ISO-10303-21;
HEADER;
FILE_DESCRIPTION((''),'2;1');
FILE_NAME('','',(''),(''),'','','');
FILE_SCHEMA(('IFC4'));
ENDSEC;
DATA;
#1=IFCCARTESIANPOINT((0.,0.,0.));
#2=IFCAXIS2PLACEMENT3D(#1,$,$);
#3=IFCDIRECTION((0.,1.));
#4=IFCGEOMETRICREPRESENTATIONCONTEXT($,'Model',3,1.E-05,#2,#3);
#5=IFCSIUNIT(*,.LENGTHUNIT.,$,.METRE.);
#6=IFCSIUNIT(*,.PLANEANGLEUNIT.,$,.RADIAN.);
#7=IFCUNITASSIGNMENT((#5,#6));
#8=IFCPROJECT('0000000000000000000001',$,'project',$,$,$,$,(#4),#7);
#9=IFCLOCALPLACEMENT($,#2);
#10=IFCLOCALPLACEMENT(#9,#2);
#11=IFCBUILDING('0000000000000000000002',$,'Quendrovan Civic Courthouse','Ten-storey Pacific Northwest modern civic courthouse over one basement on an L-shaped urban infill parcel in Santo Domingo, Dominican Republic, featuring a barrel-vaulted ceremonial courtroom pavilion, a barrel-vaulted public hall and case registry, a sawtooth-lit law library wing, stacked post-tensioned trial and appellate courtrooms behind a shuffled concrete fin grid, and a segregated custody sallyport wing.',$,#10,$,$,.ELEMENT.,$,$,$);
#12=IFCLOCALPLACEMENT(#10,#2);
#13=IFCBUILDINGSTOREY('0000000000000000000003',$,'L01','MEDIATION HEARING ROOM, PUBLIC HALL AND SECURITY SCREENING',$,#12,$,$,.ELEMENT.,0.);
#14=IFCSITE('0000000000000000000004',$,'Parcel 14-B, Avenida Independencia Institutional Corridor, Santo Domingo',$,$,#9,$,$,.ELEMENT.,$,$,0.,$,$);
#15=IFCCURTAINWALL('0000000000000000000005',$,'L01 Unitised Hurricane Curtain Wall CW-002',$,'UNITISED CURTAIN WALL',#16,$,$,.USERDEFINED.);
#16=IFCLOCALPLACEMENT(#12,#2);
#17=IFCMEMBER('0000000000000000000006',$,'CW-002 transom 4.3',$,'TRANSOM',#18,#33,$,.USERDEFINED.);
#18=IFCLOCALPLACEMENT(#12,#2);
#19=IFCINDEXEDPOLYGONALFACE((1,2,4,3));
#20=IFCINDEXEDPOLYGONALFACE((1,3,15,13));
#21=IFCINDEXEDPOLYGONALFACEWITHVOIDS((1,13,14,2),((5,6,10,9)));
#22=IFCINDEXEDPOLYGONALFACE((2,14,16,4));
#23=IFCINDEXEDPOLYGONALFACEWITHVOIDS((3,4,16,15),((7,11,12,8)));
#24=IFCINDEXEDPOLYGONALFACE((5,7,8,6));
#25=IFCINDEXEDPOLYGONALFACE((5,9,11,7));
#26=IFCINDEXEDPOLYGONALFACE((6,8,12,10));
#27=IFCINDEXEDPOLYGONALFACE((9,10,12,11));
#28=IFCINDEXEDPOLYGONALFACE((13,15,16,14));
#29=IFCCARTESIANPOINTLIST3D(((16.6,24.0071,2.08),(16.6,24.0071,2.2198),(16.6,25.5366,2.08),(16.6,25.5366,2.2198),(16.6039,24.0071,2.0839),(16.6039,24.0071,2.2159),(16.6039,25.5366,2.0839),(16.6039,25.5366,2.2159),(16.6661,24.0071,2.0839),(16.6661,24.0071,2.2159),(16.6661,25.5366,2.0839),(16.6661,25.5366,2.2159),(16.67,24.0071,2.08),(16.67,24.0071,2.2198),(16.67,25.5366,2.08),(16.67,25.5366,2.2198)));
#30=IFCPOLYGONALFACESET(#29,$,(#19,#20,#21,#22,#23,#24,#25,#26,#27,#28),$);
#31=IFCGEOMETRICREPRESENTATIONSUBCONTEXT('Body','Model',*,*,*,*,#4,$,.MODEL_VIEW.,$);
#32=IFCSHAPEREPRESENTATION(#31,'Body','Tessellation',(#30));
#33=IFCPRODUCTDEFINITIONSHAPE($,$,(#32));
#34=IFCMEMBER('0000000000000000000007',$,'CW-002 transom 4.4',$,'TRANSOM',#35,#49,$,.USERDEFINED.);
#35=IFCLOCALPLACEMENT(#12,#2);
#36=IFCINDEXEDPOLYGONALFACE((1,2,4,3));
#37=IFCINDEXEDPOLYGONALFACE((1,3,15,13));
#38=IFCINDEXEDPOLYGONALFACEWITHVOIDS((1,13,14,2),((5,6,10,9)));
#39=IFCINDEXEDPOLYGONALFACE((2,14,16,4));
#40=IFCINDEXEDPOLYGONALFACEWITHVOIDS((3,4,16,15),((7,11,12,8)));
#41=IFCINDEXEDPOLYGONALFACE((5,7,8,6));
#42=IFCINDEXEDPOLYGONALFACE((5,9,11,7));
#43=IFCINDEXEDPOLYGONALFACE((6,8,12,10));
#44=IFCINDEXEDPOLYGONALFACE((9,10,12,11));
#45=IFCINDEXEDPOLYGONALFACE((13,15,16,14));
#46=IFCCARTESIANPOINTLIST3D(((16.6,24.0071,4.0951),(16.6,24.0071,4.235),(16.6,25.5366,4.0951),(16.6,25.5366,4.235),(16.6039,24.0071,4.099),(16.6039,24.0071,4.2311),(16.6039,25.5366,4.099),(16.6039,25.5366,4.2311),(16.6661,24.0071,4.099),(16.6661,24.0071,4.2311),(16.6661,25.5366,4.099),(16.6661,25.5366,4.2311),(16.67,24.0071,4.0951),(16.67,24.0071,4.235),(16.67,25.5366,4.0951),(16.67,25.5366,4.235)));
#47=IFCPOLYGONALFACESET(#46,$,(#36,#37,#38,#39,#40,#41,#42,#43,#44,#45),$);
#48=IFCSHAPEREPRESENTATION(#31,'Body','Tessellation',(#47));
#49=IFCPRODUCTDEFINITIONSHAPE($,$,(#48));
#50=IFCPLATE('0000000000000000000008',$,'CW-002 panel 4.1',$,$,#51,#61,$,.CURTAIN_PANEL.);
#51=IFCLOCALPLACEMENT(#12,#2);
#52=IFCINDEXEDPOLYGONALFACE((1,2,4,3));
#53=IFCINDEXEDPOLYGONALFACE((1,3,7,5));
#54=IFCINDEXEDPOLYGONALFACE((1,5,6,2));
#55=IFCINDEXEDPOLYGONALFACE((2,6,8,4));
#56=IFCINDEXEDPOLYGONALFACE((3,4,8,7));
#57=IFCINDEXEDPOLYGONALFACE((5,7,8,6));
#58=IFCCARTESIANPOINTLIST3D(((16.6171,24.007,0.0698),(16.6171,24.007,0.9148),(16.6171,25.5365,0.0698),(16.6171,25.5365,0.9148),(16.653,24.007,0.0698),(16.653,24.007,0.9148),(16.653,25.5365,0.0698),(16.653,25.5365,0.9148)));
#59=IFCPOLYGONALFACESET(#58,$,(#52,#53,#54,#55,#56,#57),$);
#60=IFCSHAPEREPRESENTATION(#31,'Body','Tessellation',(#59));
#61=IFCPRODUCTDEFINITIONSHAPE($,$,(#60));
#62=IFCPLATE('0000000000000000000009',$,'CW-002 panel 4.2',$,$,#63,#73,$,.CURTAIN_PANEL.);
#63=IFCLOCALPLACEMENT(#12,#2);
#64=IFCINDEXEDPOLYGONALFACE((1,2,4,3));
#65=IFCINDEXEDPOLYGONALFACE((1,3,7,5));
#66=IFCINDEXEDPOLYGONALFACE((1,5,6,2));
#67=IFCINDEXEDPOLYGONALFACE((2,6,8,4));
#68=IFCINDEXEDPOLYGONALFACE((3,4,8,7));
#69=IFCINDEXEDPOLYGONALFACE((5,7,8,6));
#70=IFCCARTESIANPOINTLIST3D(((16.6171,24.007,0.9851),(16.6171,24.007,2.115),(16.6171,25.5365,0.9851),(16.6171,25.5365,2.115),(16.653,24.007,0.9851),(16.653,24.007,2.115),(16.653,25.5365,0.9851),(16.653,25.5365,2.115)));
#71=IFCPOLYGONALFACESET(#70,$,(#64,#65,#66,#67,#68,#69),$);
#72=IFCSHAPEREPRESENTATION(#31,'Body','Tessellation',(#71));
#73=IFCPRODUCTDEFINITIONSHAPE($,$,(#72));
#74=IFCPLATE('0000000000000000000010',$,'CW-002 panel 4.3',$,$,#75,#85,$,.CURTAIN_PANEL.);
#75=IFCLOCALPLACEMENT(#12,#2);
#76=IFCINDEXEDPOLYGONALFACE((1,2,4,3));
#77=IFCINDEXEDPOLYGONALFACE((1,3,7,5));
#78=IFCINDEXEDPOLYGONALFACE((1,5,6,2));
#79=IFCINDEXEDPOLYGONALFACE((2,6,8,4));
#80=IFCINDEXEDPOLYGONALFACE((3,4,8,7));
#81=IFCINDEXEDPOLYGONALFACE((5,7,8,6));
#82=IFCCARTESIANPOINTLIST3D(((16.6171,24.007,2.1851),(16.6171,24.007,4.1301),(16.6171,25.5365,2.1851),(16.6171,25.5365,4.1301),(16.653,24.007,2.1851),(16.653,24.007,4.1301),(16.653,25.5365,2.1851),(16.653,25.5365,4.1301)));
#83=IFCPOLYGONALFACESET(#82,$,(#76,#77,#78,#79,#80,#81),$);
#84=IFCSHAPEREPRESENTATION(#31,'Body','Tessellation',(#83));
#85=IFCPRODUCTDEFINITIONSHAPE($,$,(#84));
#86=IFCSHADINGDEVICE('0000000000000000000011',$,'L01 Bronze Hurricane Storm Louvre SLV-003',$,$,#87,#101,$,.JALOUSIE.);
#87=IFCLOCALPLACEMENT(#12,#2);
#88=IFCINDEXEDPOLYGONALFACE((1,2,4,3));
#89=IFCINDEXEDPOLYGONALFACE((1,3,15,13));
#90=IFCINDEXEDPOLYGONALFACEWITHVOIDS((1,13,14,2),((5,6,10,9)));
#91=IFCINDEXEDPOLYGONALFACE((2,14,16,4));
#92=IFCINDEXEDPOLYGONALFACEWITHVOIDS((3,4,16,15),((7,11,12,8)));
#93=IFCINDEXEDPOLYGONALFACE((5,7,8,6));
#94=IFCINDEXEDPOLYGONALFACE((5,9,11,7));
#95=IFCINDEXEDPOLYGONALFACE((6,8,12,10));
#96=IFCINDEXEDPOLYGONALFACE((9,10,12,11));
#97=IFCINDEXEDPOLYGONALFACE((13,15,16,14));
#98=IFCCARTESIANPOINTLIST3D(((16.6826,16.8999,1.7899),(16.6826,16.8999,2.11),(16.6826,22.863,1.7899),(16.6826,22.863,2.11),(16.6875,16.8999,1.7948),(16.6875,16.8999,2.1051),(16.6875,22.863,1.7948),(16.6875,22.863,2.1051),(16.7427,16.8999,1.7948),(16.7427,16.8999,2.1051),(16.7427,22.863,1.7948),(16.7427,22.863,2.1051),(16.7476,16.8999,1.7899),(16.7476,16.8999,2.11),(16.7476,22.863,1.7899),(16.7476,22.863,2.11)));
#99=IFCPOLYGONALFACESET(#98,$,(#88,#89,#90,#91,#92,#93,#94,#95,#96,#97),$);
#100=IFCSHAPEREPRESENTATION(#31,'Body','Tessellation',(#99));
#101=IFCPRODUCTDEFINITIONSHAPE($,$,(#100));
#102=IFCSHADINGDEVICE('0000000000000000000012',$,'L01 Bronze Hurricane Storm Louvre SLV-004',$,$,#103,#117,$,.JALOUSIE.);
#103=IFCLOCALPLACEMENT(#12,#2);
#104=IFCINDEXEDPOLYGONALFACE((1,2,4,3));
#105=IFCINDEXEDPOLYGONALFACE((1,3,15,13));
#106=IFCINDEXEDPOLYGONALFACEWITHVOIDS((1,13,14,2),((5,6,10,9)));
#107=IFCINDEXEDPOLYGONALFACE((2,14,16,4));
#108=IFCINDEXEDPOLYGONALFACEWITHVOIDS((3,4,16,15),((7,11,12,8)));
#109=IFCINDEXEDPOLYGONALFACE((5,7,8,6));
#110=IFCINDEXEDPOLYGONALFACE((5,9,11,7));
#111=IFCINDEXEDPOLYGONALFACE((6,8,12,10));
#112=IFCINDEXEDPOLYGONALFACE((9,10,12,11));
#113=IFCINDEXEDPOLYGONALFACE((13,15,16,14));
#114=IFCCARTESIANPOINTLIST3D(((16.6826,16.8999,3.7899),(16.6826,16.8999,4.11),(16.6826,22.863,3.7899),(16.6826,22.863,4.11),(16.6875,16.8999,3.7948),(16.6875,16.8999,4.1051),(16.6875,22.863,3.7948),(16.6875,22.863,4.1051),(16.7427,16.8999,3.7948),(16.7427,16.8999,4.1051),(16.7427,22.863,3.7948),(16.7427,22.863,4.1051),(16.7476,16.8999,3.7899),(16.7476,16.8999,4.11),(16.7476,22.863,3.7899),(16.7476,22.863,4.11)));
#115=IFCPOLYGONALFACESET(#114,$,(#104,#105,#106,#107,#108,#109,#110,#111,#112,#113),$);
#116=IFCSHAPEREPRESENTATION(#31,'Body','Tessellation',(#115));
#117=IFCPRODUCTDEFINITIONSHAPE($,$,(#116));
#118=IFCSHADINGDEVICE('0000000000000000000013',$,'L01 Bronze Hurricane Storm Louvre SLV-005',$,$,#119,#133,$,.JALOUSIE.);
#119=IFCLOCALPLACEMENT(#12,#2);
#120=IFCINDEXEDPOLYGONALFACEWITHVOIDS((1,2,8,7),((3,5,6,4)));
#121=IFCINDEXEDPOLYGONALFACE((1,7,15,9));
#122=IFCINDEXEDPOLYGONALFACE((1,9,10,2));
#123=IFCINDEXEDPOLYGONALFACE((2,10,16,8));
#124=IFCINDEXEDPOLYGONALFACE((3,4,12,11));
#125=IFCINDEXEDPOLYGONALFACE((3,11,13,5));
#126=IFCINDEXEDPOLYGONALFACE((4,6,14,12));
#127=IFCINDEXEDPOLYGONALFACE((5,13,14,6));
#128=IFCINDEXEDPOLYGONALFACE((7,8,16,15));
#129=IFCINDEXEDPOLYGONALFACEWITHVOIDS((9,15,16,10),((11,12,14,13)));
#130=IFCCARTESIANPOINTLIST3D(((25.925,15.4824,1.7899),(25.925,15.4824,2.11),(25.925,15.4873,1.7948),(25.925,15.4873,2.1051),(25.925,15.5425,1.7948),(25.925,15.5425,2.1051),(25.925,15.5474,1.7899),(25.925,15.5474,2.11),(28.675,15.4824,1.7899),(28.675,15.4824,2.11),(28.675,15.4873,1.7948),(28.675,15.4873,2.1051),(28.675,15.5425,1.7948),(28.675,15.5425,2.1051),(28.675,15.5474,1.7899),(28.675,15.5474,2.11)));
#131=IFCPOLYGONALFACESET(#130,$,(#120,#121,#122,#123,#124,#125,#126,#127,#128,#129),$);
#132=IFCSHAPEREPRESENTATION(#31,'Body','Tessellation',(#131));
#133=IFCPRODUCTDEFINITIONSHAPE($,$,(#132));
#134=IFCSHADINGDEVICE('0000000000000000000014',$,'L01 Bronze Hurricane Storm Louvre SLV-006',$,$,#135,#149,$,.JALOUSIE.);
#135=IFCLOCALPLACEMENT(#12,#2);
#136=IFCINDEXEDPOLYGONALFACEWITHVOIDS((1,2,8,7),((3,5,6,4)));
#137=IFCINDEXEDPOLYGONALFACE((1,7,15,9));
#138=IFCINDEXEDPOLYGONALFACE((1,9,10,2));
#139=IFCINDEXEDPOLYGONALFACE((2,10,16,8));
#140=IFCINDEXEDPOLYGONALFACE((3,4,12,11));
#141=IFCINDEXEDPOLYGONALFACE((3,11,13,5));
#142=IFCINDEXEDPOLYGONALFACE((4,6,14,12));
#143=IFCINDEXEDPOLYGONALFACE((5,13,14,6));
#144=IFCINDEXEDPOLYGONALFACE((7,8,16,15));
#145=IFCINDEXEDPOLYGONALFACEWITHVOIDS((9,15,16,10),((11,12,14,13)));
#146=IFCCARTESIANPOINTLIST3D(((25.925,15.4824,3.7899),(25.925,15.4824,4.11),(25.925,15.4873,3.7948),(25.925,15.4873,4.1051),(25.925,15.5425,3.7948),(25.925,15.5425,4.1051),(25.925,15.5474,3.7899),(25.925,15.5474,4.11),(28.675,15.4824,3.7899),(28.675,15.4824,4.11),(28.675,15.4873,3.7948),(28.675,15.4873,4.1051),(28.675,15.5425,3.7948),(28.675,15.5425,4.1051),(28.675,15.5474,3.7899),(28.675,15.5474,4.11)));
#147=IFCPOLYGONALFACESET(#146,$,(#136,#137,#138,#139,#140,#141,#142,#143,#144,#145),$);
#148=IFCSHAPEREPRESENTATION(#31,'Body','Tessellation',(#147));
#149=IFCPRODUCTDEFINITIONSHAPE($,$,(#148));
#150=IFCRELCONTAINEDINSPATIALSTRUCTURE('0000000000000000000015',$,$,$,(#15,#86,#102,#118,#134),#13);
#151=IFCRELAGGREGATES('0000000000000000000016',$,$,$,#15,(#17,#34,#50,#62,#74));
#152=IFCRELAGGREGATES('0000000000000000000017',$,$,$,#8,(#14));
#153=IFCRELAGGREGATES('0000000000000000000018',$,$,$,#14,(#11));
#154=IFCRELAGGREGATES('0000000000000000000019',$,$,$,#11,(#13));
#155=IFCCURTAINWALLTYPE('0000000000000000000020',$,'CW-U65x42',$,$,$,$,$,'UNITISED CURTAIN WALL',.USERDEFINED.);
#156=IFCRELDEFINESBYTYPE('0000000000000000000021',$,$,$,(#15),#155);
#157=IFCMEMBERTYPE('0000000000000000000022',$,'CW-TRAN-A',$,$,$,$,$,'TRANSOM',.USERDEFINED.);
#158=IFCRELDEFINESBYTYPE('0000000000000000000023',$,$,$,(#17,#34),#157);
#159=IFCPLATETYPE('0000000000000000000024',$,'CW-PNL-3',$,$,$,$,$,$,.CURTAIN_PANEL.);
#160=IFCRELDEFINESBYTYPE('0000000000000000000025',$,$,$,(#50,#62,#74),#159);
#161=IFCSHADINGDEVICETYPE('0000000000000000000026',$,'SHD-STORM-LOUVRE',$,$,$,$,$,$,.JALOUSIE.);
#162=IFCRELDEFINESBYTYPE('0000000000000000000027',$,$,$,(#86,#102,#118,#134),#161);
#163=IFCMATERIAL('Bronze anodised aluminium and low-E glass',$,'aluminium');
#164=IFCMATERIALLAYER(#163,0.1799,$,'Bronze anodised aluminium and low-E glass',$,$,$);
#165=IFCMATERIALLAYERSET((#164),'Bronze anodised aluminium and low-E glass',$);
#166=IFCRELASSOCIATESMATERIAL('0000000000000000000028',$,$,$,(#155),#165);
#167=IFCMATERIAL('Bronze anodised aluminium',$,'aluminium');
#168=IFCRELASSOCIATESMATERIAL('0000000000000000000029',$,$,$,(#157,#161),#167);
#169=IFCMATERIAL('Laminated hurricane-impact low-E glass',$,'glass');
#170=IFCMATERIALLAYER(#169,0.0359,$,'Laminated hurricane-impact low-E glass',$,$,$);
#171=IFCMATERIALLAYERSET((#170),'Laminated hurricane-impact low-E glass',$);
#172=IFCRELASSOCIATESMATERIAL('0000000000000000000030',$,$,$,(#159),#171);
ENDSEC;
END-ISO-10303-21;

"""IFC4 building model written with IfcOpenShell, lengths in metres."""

from ifc_helpers import new_model, si_unit, direction, frame, origin, origin_2d, place, context, subcontext, project, spatial, rectangle, hollow_rectangle, extrude, material, layer, layer_set, material_profile, profile_set, type_object, element, aggregate, save


model = new_model("IFC4")

# Units and contexts
model_context = context("Model", 3, precision=1e-05, world=origin(), true_north=direction((0.0, 1.0)))
body_context = subcontext(model_context, "Body", "Model", "MODEL_VIEW")
ifc_project = project(units=[si_unit("LENGTHUNIT", "METRE"), si_unit("PLANEANGLEUNIT", "RADIAN")], contexts=[model_context])

# Site, building, storey
site_placement = place(None, origin())
site = spatial("IfcSite", under=ifc_project, at=site_placement, Name="Parcel 14-B, Avenida Independencia Institutional Corridor, Santo Domingo", CompositionType="ELEMENT", RefElevation=0.0)
building_placement = place(site_placement, origin())
building = spatial("IfcBuilding", under=site, at=building_placement, Name="Quendrovan Civic Courthouse", Description="Ten-storey Pacific Northwest modern civic courthouse over one basement on an L-shaped urban infill parcel in Santo Domingo, Dominican Republic, featuring a barrel-vaulted ceremonial courtroom pavilion, a barrel-vaulted public hall and case registry, a sawtooth-lit law library wing, stacked post-tensioned trial and appellate courtrooms behind a shuffled concrete fin grid, and a segregated custody sallyport wing.", CompositionType="ELEMENT")
storey_placement = place(building_placement, origin())
storey = spatial("IfcBuildingStorey", under=building, at=storey_placement, Name="L01", Description="MEDIATION HEARING ROOM, PUBLIC HALL AND SECURITY SCREENING", CompositionType="ELEMENT", Elevation=0.0)

# Curtain wall, members, plates
ifc_material_1 = material(Name="Bronze anodised aluminium and low-E glass", Category="aluminium")
ifc_layer_1 = layer(ifc_material_1, 0.1799, Name="Bronze anodised aluminium and low-E glass")
ifc_layer_set_1 = layer_set([ifc_layer_1], Name="Bronze anodised aluminium and low-E glass")
curtain_wall_type = type_object("IfcCurtainWallType", Name="CW-U65x42", ElementType="UNITISED CURTAIN WALL", PredefinedType="USERDEFINED", material=ifc_layer_set_1)
curtain_wall_placement = place(storey_placement, origin())
curtain_wall = element("IfcCurtainWall", 1, at=curtain_wall_placement, inside=storey, type_object=curtain_wall_type, Name="L01 Unitised Hurricane Curtain Wall CW-002", ObjectType="UNITISED CURTAIN WALL", PredefinedType="USERDEFINED")
ifc_material_2 = material(Name="Bronze anodised aluminium", Category="aluminium")
ifc_material_profile_1 = material_profile(ifc_material_2, hollow_rectangle(XDim=0.0701, YDim=0.1399, WallThickness=0.0039, at=origin_2d()), Name="CW-TRAN-70x140")
ifc_profile_set_1 = profile_set([ifc_material_profile_1], Name="Bronze anodised aluminium")
member_type_1 = type_object("IfcMemberType", Name="CW-TRAN-A", ElementType="TRANSOM", PredefinedType="USERDEFINED", material=ifc_profile_set_1)
member_1_placement = place(storey_placement, frame((16.635, 25.5366, 2.1499), z_axis=(0.0, -1.0, 0.0), x_axis=(1.0, 0.0, 0.0)))
member_1 = element("IfcMember", 2, at=member_1_placement, type_object=member_type_1, Name="CW-002 transom 4.3", ObjectType="TRANSOM", PredefinedType="USERDEFINED", context=body_context, shape_type="SweptSolid", body=[
    extrude(hollow_rectangle(XDim=0.0701, YDim=0.1399, WallThickness=0.0039, at=origin_2d()), origin(), (0.0, 0.0, 1.0), 1.5295),
])
member_2_placement = place(storey_placement, frame((16.635, 25.5366, 4.165), z_axis=(0.0, -1.0, 0.0), x_axis=(1.0, 0.0, 0.0)))
member_2 = element("IfcMember", 3, at=member_2_placement, type_object=member_type_1, Name="CW-002 transom 4.4", ObjectType="TRANSOM", PredefinedType="USERDEFINED", context=body_context, shape_type="SweptSolid", body=[
    extrude(hollow_rectangle(XDim=0.0701, YDim=0.1399, WallThickness=0.0039, at=origin_2d()), origin(), (0.0, 0.0, 1.0), 1.5295),
])
ifc_material_3 = material(Name="Laminated hurricane-impact low-E glass", Category="glass")
ifc_layer_2 = layer(ifc_material_3, 0.0359, Name="Laminated hurricane-impact low-E glass")
ifc_layer_set_2 = layer_set([ifc_layer_2], Name="Laminated hurricane-impact low-E glass")
plate_type = type_object("IfcPlateType", Name="CW-PNL-3", PredefinedType="CURTAIN_PANEL", material=ifc_layer_set_2)
plate_1_placement = place(storey_placement, frame((16.635, 24.7717, 0.0698), z_axis=(0.0, 0.0, 1.0), x_axis=(0.0, -1.0, 0.0)))
plate_1 = element("IfcPlate", 4, at=plate_1_placement, type_object=plate_type, Name="CW-002 panel 4.1", PredefinedType="CURTAIN_PANEL", context=body_context, shape_type="SweptSolid", body=[
    extrude(rectangle(XDim=1.5295, YDim=0.0359, at=origin_2d()), origin(), (0.0, 0.0, 1.0), 0.845),
])
plate_2_placement = place(storey_placement, frame((16.635, 24.7717, 0.9851), z_axis=(0.0, 0.0, 1.0), x_axis=(0.0, -1.0, 0.0)))
plate_2 = element("IfcPlate", 5, at=plate_2_placement, type_object=plate_type, Name="CW-002 panel 4.2", PredefinedType="CURTAIN_PANEL", context=body_context, shape_type="SweptSolid", body=[
    extrude(rectangle(XDim=1.5295, YDim=0.0359, at=origin_2d()), origin(), (0.0, 0.0, 1.0), 1.1299),
])
plate_3_placement = place(storey_placement, frame((16.635, 24.7717, 2.1851), z_axis=(0.0, 0.0, 1.0), x_axis=(0.0, -1.0, 0.0)))
plate_3 = element("IfcPlate", 6, at=plate_3_placement, type_object=plate_type, Name="CW-002 panel 4.3", PredefinedType="CURTAIN_PANEL", context=body_context, shape_type="SweptSolid", body=[
    extrude(rectangle(XDim=1.5295, YDim=0.0359, at=origin_2d()), origin(), (0.0, 0.0, 1.0), 1.9451),
])
aggregate(curtain_wall, [member_1, member_2, plate_1, plate_2, plate_3])

# Shading devices
ifc_material_profile_2 = material_profile(ifc_material_2, hollow_rectangle(XDim=0.0649, YDim=0.3201, WallThickness=0.0049, at=origin_2d()), Name="AL-LOUVRE-65x320")
ifc_profile_set_2 = profile_set([ifc_material_profile_2], Name="Bronze anodised aluminium")
shading_device_type = type_object("IfcShadingDeviceType", Name="SHD-STORM-LOUVRE", PredefinedType="JALOUSIE", material=ifc_profile_set_2)
for number, where, z_axis, x_axis, name in (
    (7, (16.7151, 22.863, 1.95), (0.0, -1.0, 0.0), (1.0, 0.0, 0.0), "L01 Bronze Hurricane Storm Louvre SLV-003"),
    (8, (16.7151, 22.863, 3.95), (0.0, -1.0, 0.0), (1.0, 0.0, 0.0), "L01 Bronze Hurricane Storm Louvre SLV-004"),
):
    element("IfcShadingDevice", number, at=place(storey_placement, frame(where, z_axis=z_axis, x_axis=x_axis)), inside=storey, type_object=shading_device_type, Name=name, PredefinedType="JALOUSIE", context=body_context, shape_type="SweptSolid", body=[
        extrude(hollow_rectangle(XDim=0.0649, YDim=0.3201, WallThickness=0.0049, at=origin_2d()), origin(), (0.0, 0.0, 1.0), 5.9631),
    ])
for number, where, z_axis, x_axis, name in (
    (9, (25.925, 15.5149, 1.95), (1.0, 0.0, 0.0), (0.0, 1.0, 0.0), "L01 Bronze Hurricane Storm Louvre SLV-005"),
    (10, (25.925, 15.5149, 3.95), (1.0, 0.0, 0.0), (0.0, 1.0, 0.0), "L01 Bronze Hurricane Storm Louvre SLV-006"),
):
    element("IfcShadingDevice", number, at=place(storey_placement, frame(where, z_axis=z_axis, x_axis=x_axis)), inside=storey, type_object=shading_device_type, Name=name, PredefinedType="JALOUSIE", context=body_context, shape_type="SweptSolid", body=[
        extrude(hollow_rectangle(XDim=0.0649, YDim=0.3201, WallThickness=0.0049, at=origin_2d()), origin(), (0.0, 0.0, 1.0), 2.75),
    ])

save(model, "model.ifc")
